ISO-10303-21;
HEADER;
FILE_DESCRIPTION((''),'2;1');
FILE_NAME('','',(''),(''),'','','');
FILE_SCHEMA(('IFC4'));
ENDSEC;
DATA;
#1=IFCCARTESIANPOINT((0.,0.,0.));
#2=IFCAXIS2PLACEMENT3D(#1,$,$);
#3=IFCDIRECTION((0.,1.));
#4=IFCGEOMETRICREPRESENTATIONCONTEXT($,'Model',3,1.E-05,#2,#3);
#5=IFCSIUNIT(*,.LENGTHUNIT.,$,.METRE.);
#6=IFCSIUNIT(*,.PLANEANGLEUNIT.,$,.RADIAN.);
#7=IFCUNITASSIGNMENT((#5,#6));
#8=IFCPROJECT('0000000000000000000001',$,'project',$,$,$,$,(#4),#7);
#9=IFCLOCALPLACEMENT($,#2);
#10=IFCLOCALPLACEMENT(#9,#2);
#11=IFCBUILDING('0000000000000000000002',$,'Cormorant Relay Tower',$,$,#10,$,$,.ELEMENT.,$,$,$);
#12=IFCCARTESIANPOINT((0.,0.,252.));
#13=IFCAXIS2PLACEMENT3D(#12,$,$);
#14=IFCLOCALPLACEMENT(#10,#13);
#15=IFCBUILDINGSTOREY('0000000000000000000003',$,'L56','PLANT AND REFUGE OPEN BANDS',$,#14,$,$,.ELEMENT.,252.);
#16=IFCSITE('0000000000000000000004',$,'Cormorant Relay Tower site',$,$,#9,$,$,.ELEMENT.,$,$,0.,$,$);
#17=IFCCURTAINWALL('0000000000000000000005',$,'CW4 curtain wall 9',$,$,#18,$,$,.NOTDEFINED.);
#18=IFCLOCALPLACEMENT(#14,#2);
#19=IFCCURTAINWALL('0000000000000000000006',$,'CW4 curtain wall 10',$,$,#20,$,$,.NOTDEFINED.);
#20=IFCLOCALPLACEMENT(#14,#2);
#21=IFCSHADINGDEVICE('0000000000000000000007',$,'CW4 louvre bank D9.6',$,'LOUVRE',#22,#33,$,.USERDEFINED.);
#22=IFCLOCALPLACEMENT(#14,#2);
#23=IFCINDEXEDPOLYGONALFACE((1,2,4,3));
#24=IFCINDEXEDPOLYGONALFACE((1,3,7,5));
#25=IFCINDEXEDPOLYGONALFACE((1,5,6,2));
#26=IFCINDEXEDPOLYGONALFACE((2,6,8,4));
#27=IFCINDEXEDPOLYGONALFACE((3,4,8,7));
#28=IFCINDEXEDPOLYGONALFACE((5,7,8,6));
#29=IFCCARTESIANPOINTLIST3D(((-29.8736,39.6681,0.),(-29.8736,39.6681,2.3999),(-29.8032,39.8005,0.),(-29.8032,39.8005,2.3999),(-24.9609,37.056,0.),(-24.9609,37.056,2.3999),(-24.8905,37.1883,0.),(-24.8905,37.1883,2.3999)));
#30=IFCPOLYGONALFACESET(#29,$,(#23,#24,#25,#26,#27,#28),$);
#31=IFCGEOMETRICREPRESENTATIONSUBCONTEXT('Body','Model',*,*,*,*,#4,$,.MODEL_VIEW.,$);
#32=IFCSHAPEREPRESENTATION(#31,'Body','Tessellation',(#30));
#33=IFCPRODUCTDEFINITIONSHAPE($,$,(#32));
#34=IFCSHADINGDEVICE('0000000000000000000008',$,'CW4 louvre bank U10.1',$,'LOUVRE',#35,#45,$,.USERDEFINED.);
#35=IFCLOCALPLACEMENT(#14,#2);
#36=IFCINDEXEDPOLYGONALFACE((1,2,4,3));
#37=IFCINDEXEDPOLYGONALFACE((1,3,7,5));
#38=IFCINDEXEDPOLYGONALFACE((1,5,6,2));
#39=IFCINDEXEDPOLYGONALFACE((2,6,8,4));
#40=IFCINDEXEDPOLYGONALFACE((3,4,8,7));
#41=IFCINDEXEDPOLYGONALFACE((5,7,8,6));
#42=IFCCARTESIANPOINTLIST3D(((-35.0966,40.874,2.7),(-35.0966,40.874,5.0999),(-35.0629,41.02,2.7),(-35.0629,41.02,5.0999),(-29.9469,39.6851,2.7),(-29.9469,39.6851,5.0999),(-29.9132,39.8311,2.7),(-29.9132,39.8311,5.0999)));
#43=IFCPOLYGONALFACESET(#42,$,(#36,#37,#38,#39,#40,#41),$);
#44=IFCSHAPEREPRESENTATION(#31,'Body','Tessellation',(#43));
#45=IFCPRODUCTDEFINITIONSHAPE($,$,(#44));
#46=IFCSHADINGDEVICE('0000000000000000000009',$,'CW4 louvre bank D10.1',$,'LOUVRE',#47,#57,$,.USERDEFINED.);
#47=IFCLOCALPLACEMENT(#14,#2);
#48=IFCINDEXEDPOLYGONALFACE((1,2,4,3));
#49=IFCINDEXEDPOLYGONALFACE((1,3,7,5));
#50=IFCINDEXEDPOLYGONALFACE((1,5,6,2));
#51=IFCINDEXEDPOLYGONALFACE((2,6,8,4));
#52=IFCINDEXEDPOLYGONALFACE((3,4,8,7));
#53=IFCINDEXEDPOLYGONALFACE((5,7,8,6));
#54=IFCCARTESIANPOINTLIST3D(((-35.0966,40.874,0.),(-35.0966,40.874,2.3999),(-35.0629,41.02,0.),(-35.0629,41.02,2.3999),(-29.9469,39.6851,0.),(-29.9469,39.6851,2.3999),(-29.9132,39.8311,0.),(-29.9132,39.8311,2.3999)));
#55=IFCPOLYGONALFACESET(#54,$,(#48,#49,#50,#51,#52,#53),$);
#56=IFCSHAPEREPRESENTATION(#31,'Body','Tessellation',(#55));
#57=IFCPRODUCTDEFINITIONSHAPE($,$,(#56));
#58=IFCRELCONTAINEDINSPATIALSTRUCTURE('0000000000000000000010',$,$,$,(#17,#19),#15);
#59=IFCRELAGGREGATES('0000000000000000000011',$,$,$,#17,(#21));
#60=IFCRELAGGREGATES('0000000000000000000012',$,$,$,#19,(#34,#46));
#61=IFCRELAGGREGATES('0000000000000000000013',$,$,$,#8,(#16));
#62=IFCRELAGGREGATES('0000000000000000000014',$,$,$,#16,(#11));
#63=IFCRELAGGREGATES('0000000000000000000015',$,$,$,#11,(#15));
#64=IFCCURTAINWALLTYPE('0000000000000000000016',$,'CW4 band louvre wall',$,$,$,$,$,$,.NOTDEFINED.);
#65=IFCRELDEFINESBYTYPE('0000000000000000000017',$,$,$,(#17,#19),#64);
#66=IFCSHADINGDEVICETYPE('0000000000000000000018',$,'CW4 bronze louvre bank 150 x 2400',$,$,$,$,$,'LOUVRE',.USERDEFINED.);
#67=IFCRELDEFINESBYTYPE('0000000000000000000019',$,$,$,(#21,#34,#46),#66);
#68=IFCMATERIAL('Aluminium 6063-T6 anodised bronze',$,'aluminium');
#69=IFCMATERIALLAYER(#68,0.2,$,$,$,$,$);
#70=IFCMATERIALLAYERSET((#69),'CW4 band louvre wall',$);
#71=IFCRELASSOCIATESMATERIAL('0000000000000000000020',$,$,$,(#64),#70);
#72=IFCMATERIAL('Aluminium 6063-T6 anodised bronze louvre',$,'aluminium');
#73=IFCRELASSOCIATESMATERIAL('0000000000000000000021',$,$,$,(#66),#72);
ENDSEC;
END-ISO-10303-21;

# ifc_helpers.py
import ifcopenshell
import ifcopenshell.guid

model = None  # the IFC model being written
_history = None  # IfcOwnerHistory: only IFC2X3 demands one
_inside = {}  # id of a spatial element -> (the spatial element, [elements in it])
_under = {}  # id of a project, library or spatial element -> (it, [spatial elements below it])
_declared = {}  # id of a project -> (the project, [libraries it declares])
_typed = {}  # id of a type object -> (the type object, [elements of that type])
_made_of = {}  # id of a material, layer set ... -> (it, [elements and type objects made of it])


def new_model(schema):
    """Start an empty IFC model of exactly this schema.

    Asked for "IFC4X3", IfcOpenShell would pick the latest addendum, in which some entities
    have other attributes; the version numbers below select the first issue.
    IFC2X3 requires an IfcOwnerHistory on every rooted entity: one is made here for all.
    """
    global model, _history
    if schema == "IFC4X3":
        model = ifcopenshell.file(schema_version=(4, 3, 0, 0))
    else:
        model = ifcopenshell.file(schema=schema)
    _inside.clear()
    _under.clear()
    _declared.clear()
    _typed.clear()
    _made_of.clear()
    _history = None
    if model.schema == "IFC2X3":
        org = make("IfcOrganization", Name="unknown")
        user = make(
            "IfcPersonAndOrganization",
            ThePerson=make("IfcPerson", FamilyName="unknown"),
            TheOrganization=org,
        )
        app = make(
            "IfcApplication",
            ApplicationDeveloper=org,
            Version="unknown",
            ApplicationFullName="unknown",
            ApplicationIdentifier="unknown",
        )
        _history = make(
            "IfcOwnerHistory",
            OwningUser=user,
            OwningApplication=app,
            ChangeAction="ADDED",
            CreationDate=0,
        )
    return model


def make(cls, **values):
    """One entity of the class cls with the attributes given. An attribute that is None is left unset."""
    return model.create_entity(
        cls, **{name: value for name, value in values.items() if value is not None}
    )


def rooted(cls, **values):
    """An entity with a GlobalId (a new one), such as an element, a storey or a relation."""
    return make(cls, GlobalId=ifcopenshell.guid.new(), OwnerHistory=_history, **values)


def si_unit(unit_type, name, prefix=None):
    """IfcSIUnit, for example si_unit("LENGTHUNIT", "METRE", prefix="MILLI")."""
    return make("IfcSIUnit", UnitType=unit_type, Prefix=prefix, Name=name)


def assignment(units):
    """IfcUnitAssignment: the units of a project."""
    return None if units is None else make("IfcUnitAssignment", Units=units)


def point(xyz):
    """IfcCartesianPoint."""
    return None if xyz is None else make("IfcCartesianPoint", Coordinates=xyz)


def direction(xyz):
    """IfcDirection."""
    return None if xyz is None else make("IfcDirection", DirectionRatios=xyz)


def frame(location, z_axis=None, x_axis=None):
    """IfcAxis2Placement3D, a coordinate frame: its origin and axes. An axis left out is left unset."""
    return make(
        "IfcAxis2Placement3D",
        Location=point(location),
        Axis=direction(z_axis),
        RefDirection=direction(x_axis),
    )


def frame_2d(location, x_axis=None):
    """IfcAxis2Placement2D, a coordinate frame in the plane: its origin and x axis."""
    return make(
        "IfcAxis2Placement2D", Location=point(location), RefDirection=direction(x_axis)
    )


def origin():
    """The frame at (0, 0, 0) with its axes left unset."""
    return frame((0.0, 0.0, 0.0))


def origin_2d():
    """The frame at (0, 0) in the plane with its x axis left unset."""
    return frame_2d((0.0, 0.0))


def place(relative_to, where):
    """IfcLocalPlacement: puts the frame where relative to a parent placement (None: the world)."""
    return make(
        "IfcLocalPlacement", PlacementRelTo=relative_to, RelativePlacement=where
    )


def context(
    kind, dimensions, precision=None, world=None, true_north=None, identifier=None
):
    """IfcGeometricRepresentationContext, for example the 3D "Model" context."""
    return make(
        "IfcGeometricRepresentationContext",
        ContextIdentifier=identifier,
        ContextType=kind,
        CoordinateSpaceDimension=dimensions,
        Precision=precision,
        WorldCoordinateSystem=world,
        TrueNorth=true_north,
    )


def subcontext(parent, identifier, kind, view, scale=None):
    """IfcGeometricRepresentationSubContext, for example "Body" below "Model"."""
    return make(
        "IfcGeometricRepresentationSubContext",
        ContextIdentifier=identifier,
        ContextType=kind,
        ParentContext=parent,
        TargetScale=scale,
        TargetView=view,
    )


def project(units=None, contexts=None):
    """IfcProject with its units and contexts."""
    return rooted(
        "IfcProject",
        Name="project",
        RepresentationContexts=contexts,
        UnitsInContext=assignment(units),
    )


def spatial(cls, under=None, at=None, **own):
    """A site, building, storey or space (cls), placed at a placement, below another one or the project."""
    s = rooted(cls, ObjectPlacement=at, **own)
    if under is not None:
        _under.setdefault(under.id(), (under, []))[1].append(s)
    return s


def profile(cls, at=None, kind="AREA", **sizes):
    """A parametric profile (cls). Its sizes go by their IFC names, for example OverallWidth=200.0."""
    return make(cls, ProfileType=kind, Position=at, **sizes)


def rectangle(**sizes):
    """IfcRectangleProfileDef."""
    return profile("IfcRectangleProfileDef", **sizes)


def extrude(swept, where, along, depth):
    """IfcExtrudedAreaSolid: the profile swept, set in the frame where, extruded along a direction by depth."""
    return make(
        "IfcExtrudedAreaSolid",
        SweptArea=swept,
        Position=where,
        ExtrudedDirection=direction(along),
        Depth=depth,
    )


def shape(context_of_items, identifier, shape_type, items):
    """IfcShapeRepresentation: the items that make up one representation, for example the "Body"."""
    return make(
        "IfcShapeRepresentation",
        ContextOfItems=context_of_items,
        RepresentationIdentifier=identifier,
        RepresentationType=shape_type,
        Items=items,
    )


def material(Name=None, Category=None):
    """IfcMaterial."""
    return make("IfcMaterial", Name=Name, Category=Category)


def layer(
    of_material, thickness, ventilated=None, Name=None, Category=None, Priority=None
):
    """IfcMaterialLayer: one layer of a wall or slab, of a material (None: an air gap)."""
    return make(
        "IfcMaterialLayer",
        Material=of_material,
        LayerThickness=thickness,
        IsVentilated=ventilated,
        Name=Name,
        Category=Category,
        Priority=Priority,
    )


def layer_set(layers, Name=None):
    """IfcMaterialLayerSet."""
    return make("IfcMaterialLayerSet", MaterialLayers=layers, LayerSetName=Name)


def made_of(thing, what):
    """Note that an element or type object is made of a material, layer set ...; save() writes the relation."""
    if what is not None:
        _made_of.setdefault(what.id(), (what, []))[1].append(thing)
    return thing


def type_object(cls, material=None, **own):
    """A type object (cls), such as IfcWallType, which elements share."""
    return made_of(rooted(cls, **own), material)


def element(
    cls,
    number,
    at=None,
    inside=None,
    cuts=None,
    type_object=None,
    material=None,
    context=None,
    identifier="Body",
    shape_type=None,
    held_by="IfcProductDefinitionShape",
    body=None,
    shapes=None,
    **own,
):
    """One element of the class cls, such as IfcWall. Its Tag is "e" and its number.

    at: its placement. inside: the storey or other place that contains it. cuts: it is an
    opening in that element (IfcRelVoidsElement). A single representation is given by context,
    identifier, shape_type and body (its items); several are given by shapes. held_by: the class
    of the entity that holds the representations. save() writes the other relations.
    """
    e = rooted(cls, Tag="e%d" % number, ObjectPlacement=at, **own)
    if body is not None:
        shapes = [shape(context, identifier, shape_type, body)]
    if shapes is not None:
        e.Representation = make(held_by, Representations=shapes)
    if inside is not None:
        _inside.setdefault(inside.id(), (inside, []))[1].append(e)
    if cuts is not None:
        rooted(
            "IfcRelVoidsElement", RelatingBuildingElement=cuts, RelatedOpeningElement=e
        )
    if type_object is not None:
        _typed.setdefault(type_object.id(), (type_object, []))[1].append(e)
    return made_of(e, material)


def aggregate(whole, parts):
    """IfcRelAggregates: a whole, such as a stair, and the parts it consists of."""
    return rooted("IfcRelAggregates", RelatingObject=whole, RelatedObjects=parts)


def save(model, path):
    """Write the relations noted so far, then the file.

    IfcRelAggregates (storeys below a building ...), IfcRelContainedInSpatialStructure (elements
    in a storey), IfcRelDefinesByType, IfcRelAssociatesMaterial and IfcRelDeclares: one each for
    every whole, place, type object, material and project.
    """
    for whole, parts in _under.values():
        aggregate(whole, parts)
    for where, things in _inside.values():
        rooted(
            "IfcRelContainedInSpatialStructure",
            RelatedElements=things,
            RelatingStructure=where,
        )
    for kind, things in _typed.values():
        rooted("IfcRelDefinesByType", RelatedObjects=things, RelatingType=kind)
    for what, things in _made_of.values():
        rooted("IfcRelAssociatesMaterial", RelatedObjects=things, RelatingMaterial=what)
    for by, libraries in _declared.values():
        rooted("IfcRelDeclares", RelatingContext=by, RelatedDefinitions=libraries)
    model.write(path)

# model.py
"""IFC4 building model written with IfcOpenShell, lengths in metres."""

from ifc_helpers import new_model, si_unit, direction, frame, origin, origin_2d, place, context, subcontext, project, spatial, rectangle, extrude, material, layer, layer_set, type_object, element, aggregate, save


model = new_model("IFC4")

# Units and contexts
model_context = context("Model", 3, precision=1e-05, world=origin(), true_north=direction((0.0, 1.0)))
body_context = subcontext(model_context, "Body", "Model", "MODEL_VIEW")
ifc_project = project(units=[si_unit("LENGTHUNIT", "METRE"), si_unit("PLANEANGLEUNIT", "RADIAN")], contexts=[model_context])

# Site, building, storey
site_placement = place(None, origin())
site = spatial("IfcSite", under=ifc_project, at=site_placement, Name="Cormorant Relay Tower site", CompositionType="ELEMENT", RefElevation=0.0)
building_placement = place(site_placement, origin())
building = spatial("IfcBuilding", under=site, at=building_placement, Name="Cormorant Relay Tower", CompositionType="ELEMENT")
storey_placement = place(building_placement, frame((0.0, 0.0, 252.0)))
storey = spatial("IfcBuildingStorey", under=building, at=storey_placement, Name="L56", Description="PLANT AND REFUGE OPEN BANDS", CompositionType="ELEMENT", Elevation=252.0)

# Curtain wall
ifc_material_1 = material(Name="Aluminium 6063-T6 anodised bronze", Category="aluminium")
ifc_layer_1 = layer(ifc_material_1, 0.2)
ifc_layer_set_1 = layer_set([ifc_layer_1], Name="CW4 band louvre wall")
curtain_wall_type = type_object("IfcCurtainWallType", Name="CW4 band louvre wall", PredefinedType="NOTDEFINED", material=ifc_layer_set_1)
curtain_wall_1_placement = place(storey_placement, origin())
curtain_wall_1 = element("IfcCurtainWall", 1, at=curtain_wall_1_placement, inside=storey, type_object=curtain_wall_type, Name="CW4 curtain wall 9", PredefinedType="NOTDEFINED")

# Curtain wall
curtain_wall_2_placement = place(storey_placement, origin())
curtain_wall_2 = element("IfcCurtainWall", 2, at=curtain_wall_2_placement, inside=storey, type_object=curtain_wall_type, Name="CW4 curtain wall 10", PredefinedType="NOTDEFINED")

# Shading devices
ifc_material_2 = material(Name="Aluminium 6063-T6 anodised bronze louvre", Category="aluminium")
shading_device_type = type_object("IfcShadingDeviceType", Name="CW4 bronze louvre bank 150 x 2400", ElementType="LOUVRE", PredefinedType="USERDEFINED", material=ifc_material_2)
shading_device_1_placement = place(storey_placement, frame((-27.3821, 38.4282, 0.0), z_axis=(0.0, 0.0, 1.0), x_axis=(-0.882948, 0.469472, 0.0)))
shading_device_1 = element("IfcShadingDevice", 3, at=shading_device_1_placement, type_object=shading_device_type, Name="CW4 louvre bank D9.6", ObjectType="LOUVRE", PredefinedType="USERDEFINED", context=body_context, shape_type="SweptSolid", body=[
    extrude(rectangle(XDim=5.564, YDim=0.1499, at=origin_2d()), origin(), (0.0, 0.0, 1.0), 2.3999),
])
aggregate(curtain_wall_1, [shading_device_1])
shading_device_2_placement = place(storey_placement, frame((-32.5049, 40.3525, 2.7), z_axis=(0.0, 0.0, 1.0), x_axis=(-0.97437, 0.224951, 0.0)))
shading_device_2 = element("IfcShadingDevice", 4, at=shading_device_2_placement, type_object=shading_device_type, Name="CW4 louvre bank U10.1", ObjectType="LOUVRE", PredefinedType="USERDEFINED", context=body_context, shape_type="SweptSolid", body=[
    extrude(rectangle(XDim=5.2852, YDim=0.1499, at=origin_2d()), origin(), (0.0, 0.0, 1.0), 2.3999),
])
shading_device_3_placement = place(storey_placement, frame((-32.5049, 40.3525, 0.0), z_axis=(0.0, 0.0, 1.0), x_axis=(-0.97437, 0.224951, 0.0)))
shading_device_3 = element("IfcShadingDevice", 5, at=shading_device_3_placement, type_object=shading_device_type, Name="CW4 louvre bank D10.1", ObjectType="LOUVRE", PredefinedType="USERDEFINED", context=body_context, shape_type="SweptSolid", body=[
    extrude(rectangle(XDim=5.2852, YDim=0.1499, at=origin_2d()), origin(), (0.0, 0.0, 1.0), 2.3999),
])
aggregate(curtain_wall_2, [shading_device_2, shading_device_3])

save(model, "model.ifc")
